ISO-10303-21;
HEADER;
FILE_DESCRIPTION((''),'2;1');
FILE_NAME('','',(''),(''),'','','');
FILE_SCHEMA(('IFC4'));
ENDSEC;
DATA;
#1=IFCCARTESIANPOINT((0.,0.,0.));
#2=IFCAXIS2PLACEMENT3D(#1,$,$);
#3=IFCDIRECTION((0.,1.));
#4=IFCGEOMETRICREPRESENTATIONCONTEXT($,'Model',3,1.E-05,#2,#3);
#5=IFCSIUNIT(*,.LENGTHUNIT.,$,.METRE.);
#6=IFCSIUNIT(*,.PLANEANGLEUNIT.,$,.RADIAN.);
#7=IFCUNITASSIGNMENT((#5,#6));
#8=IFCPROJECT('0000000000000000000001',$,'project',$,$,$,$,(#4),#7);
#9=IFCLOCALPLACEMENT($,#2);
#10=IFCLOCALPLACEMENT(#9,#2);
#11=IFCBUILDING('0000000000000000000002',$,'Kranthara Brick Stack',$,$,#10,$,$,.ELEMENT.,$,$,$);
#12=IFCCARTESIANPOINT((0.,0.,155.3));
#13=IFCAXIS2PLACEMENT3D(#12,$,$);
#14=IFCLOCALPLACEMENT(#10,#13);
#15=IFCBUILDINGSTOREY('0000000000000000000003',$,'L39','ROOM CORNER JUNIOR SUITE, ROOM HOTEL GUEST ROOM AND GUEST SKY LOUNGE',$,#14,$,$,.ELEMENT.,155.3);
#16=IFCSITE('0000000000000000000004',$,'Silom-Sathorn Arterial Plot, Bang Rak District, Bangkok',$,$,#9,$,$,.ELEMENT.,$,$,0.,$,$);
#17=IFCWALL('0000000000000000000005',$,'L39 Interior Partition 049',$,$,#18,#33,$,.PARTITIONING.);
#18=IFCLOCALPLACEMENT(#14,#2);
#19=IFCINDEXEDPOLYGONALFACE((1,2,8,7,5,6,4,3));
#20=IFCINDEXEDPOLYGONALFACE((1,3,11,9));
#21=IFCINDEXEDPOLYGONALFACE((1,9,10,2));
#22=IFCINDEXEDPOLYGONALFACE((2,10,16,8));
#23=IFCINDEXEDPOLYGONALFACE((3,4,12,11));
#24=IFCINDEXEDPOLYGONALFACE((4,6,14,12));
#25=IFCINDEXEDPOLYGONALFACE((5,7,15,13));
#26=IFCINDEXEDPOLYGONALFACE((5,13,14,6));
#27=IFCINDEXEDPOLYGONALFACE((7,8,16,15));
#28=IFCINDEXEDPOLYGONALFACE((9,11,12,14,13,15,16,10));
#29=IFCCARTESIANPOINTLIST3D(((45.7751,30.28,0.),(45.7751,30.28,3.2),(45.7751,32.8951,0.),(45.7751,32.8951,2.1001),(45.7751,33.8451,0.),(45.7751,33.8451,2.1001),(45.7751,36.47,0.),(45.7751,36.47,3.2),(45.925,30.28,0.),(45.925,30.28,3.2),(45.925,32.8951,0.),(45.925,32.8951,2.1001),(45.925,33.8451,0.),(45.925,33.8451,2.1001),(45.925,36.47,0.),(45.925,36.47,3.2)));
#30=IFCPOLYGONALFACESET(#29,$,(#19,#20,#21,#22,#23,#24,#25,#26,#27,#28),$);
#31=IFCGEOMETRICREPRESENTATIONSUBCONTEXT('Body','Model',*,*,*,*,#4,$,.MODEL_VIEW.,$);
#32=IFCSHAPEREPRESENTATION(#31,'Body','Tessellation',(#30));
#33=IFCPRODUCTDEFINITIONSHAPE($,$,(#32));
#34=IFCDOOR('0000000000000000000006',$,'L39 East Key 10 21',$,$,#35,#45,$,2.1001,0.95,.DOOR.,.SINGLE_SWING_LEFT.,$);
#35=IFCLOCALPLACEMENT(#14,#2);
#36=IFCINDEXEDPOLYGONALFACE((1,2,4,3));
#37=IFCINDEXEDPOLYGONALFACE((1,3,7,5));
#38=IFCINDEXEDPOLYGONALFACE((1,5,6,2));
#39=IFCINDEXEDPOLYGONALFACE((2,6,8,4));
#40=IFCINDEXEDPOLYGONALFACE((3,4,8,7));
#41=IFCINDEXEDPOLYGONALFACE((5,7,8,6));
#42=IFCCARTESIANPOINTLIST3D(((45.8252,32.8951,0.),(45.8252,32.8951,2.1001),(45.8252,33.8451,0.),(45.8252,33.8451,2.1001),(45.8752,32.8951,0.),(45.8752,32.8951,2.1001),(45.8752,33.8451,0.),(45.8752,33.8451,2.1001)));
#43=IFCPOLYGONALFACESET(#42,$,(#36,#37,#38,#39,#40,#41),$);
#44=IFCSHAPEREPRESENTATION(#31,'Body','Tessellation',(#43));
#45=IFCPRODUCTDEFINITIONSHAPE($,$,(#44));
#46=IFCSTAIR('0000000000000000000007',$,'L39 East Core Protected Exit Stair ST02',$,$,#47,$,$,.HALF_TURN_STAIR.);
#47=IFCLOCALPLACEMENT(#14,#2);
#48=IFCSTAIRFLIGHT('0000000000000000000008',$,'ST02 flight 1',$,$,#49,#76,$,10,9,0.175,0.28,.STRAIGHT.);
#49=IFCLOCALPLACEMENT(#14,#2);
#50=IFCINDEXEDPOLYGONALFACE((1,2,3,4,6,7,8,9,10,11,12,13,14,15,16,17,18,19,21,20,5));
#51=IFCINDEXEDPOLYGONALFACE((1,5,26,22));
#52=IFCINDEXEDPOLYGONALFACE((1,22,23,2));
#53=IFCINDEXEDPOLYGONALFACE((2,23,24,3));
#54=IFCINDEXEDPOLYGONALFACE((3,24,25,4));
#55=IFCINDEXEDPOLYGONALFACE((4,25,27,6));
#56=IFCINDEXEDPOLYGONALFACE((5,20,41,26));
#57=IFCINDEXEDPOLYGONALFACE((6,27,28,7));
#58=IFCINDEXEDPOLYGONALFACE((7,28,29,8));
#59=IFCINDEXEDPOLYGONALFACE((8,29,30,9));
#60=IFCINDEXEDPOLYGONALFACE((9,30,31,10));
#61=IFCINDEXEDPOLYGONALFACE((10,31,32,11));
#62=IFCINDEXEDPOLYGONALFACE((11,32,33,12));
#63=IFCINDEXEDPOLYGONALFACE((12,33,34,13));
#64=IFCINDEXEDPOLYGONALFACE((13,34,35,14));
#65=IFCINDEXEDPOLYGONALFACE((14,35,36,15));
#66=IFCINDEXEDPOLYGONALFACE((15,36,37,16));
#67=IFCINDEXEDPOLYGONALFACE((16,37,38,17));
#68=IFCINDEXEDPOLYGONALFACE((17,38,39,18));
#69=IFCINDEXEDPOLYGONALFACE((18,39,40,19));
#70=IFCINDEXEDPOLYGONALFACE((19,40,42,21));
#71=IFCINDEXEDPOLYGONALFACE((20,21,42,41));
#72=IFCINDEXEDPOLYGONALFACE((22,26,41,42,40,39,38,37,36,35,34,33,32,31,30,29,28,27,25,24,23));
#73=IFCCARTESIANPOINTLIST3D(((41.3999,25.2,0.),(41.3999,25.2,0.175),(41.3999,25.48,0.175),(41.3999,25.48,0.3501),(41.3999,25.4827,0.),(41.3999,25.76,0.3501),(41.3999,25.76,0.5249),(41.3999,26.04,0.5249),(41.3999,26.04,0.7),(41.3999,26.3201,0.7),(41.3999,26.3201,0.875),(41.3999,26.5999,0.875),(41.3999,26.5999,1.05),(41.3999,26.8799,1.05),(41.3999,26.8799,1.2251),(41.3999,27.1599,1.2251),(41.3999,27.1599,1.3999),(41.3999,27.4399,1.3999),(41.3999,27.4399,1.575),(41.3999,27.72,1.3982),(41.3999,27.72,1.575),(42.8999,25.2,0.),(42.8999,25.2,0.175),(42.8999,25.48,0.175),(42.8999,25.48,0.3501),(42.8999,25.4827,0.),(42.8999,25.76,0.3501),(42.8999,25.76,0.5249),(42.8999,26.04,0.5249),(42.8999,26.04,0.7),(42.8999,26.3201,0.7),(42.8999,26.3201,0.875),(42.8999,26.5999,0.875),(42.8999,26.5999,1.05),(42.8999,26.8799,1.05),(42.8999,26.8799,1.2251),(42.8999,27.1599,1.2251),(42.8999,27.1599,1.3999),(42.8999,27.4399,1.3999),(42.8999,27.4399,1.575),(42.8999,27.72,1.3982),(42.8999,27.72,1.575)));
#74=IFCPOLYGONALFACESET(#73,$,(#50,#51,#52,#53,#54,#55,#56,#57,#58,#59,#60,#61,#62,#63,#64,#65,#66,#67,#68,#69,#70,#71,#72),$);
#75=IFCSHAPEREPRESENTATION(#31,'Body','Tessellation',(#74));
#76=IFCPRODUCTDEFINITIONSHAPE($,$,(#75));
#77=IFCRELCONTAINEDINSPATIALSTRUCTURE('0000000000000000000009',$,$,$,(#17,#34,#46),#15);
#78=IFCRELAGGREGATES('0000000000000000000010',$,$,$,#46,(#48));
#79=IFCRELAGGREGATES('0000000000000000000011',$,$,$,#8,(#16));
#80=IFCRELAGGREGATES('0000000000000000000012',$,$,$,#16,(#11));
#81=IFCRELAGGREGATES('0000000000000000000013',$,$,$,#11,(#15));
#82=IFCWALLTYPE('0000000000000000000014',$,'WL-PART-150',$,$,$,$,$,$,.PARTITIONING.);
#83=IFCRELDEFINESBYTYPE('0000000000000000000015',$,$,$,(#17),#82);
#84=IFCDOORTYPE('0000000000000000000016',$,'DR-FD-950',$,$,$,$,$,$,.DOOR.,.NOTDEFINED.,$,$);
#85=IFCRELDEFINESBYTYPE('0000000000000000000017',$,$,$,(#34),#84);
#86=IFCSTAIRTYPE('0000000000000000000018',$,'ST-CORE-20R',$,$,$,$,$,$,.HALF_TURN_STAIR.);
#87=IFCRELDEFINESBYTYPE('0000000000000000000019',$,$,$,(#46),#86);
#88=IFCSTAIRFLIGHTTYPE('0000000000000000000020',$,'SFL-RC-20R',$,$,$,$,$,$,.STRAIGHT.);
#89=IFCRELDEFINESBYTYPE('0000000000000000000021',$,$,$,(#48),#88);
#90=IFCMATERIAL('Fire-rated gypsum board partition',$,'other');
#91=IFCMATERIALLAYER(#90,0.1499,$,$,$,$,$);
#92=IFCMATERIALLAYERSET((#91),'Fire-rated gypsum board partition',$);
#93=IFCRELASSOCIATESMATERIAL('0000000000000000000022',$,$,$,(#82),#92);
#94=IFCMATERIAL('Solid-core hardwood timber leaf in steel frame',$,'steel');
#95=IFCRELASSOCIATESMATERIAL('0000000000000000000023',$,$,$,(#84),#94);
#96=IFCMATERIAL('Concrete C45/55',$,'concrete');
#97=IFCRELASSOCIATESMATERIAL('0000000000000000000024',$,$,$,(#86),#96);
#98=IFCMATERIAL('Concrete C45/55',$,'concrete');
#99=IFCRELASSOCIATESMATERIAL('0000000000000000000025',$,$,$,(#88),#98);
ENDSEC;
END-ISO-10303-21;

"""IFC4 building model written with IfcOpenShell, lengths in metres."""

from ifc_helpers import new_model, si_unit, direction, frame, frame_2d, origin, place, context, subcontext, project, spatial, polyline, rectangle, outline, extrude, material, layer, layer_set, type_object, element, fill, aggregate, save


model = new_model("IFC4")

# Units and contexts
model_context = context("Model", 3, precision=1e-05, world=origin(), true_north=direction((0.0, 1.0)))
body_context = subcontext(model_context, "Body", "Model", "MODEL_VIEW")
ifc_project = project(units=[si_unit("LENGTHUNIT", "METRE"), si_unit("PLANEANGLEUNIT", "RADIAN")], contexts=[model_context])

# Site, building, storey
site_placement = place(None, origin())
site = spatial("IfcSite", under=ifc_project, at=site_placement, Name="Silom-Sathorn Arterial Plot, Bang Rak District, Bangkok", CompositionType="ELEMENT", RefElevation=0.0)
building_placement = place(site_placement, origin())
building = spatial("IfcBuilding", under=site, at=building_placement, Name="Kranthara Brick Stack", CompositionType="ELEMENT")
storey_placement = place(building_placement, frame((0.0, 0.0, 155.3)))
storey = spatial("IfcBuildingStorey", under=building, at=storey_placement, Name="L39", Description="ROOM CORNER JUNIOR SUITE, ROOM HOTEL GUEST ROOM AND GUEST SKY LOUNGE", CompositionType="ELEMENT", Elevation=155.3)

# Shared definitions
ifc_material_1 = material(Name="Fire-rated gypsum board partition", Category="other")
ifc_layer_1 = layer(ifc_material_1, 0.1499)
ifc_layer_set_1 = layer_set([ifc_layer_1], Name="Fire-rated gypsum board partition")
wall_type_1 = type_object("IfcWallType", Name="WL-PART-150", PredefinedType="PARTITIONING", material=ifc_layer_set_1)

# Shared definitions
ifc_material_2 = material(Name="Solid-core hardwood timber leaf in steel frame", Category="steel")
door_type_1 = type_object("IfcDoorType", Name="DR-FD-950", OperationType="NOTDEFINED", PredefinedType="DOOR", material=ifc_material_2)

# Wall, opening, door
wall_1_placement = place(storey_placement, frame((45.8501, 30.28, 0.0), z_axis=(0.0, 0.0, 1.0), x_axis=(0.0, 1.0, 0.0)))
wall_1 = element("IfcWall", 1, at=wall_1_placement, inside=storey, type_object=wall_type_1, Name="L39 Interior Partition 049", PredefinedType="PARTITIONING", context=body_context, shape_type="SweptSolid", body=[
    extrude(rectangle(XDim=6.1899, YDim=0.1499, at=frame_2d((3.095, 0.0))), origin(), (0.0, 0.0, 1.0), 3.2),
])
opening_1_placement = place(wall_1_placement, frame((2.615, 0.0, 0.0)))
opening_1 = element("IfcOpeningElement", 2, at=opening_1_placement, cuts=wall_1, PredefinedType="OPENING", context=body_context, shape_type="SweptSolid", body=[
    extrude(rectangle(XDim=0.95, YDim=2.1001, at=frame_2d((0.4751, 1.05))), frame((0.0, 0.085, 0.0), z_axis=(0.0, -1.0, 0.0), x_axis=(1.0, 0.0, 0.0)), (0.0, 0.0, 1.0), 0.1699),
])
door_1_placement = place(opening_1_placement, origin())
door_1 = element("IfcDoor", 3, at=door_1_placement, inside=storey, type_object=door_type_1, Name="L39 East Key 10 21", OperationType="SINGLE_SWING_LEFT", OverallHeight=2.1001, OverallWidth=0.95, PredefinedType="DOOR", context=body_context, shape_type="SweptSolid", body=[
    extrude(rectangle(XDim=0.95, YDim=2.1001, at=frame_2d((0.4751, 1.05))), frame((0.0, 0.0249, 0.0), z_axis=(0.0, -1.0, 0.0), x_axis=(1.0, 0.0, 0.0)), (0.0, 0.0, 1.0), 0.05),
])
fill(opening_1, door_1)

# Stair, stair flight
ifc_material_3 = material(Name="Concrete C45/55", Category="concrete")
stair_type = type_object("IfcStairType", Name="ST-CORE-20R", PredefinedType="HALF_TURN_STAIR", material=ifc_material_3)
stair_placement = place(storey_placement, origin())
stair = element("IfcStair", 4, at=stair_placement, inside=storey, type_object=stair_type, Name="L39 East Core Protected Exit Stair ST02", PredefinedType="HALF_TURN_STAIR")
ifc_material_4 = material(Name="Concrete C45/55", Category="concrete")
stair_flight_type = type_object("IfcStairFlightType", Name="SFL-RC-20R", PredefinedType="STRAIGHT", material=ifc_material_4)
stair_flight_placement = place(storey_placement, frame((42.1499, 25.2, 0.0), z_axis=(0.0, 0.0, 1.0), x_axis=(0.0, 1.0, 0.0)))
stair_flight = element("IfcStairFlight", 5, at=stair_flight_placement, type_object=stair_flight_type, Name="ST02 flight 1", NumberOfRisers=10, NumberOfTreads=9, PredefinedType="STRAIGHT", RiserHeight=0.175, TreadLength=0.28, context=body_context, shape_type="SweptSolid", body=[
    extrude(outline(polyline([(0.0, 0.0), (0.0, 0.175), (0.28, 0.175), (0.28, 0.3501), (0.5601, 0.3501), (0.5601, 0.5249), (0.8401, 0.5249), (0.8401, 0.7), (1.1201, 0.7), (1.1201, 0.875), (1.3999, 0.875), (1.3999, 1.05), (1.6799, 1.05), (1.6799, 1.2251), (1.96, 1.2251), (1.96, 1.3999), (2.24, 1.3999), (2.24, 1.575), (2.52, 1.575), (2.52, 1.75), (2.52, 1.3982), (0.2827, 0.0), (0.0, 0.0)])), frame((0.0, 0.75, 0.0), z_axis=(0.0, -1.0, 0.0), x_axis=(1.0, 0.0, 0.0)), (0.0, 0.0, 1.0), 1.5),
])
aggregate(stair, [stair_flight])

save(model, "model.ifc")
